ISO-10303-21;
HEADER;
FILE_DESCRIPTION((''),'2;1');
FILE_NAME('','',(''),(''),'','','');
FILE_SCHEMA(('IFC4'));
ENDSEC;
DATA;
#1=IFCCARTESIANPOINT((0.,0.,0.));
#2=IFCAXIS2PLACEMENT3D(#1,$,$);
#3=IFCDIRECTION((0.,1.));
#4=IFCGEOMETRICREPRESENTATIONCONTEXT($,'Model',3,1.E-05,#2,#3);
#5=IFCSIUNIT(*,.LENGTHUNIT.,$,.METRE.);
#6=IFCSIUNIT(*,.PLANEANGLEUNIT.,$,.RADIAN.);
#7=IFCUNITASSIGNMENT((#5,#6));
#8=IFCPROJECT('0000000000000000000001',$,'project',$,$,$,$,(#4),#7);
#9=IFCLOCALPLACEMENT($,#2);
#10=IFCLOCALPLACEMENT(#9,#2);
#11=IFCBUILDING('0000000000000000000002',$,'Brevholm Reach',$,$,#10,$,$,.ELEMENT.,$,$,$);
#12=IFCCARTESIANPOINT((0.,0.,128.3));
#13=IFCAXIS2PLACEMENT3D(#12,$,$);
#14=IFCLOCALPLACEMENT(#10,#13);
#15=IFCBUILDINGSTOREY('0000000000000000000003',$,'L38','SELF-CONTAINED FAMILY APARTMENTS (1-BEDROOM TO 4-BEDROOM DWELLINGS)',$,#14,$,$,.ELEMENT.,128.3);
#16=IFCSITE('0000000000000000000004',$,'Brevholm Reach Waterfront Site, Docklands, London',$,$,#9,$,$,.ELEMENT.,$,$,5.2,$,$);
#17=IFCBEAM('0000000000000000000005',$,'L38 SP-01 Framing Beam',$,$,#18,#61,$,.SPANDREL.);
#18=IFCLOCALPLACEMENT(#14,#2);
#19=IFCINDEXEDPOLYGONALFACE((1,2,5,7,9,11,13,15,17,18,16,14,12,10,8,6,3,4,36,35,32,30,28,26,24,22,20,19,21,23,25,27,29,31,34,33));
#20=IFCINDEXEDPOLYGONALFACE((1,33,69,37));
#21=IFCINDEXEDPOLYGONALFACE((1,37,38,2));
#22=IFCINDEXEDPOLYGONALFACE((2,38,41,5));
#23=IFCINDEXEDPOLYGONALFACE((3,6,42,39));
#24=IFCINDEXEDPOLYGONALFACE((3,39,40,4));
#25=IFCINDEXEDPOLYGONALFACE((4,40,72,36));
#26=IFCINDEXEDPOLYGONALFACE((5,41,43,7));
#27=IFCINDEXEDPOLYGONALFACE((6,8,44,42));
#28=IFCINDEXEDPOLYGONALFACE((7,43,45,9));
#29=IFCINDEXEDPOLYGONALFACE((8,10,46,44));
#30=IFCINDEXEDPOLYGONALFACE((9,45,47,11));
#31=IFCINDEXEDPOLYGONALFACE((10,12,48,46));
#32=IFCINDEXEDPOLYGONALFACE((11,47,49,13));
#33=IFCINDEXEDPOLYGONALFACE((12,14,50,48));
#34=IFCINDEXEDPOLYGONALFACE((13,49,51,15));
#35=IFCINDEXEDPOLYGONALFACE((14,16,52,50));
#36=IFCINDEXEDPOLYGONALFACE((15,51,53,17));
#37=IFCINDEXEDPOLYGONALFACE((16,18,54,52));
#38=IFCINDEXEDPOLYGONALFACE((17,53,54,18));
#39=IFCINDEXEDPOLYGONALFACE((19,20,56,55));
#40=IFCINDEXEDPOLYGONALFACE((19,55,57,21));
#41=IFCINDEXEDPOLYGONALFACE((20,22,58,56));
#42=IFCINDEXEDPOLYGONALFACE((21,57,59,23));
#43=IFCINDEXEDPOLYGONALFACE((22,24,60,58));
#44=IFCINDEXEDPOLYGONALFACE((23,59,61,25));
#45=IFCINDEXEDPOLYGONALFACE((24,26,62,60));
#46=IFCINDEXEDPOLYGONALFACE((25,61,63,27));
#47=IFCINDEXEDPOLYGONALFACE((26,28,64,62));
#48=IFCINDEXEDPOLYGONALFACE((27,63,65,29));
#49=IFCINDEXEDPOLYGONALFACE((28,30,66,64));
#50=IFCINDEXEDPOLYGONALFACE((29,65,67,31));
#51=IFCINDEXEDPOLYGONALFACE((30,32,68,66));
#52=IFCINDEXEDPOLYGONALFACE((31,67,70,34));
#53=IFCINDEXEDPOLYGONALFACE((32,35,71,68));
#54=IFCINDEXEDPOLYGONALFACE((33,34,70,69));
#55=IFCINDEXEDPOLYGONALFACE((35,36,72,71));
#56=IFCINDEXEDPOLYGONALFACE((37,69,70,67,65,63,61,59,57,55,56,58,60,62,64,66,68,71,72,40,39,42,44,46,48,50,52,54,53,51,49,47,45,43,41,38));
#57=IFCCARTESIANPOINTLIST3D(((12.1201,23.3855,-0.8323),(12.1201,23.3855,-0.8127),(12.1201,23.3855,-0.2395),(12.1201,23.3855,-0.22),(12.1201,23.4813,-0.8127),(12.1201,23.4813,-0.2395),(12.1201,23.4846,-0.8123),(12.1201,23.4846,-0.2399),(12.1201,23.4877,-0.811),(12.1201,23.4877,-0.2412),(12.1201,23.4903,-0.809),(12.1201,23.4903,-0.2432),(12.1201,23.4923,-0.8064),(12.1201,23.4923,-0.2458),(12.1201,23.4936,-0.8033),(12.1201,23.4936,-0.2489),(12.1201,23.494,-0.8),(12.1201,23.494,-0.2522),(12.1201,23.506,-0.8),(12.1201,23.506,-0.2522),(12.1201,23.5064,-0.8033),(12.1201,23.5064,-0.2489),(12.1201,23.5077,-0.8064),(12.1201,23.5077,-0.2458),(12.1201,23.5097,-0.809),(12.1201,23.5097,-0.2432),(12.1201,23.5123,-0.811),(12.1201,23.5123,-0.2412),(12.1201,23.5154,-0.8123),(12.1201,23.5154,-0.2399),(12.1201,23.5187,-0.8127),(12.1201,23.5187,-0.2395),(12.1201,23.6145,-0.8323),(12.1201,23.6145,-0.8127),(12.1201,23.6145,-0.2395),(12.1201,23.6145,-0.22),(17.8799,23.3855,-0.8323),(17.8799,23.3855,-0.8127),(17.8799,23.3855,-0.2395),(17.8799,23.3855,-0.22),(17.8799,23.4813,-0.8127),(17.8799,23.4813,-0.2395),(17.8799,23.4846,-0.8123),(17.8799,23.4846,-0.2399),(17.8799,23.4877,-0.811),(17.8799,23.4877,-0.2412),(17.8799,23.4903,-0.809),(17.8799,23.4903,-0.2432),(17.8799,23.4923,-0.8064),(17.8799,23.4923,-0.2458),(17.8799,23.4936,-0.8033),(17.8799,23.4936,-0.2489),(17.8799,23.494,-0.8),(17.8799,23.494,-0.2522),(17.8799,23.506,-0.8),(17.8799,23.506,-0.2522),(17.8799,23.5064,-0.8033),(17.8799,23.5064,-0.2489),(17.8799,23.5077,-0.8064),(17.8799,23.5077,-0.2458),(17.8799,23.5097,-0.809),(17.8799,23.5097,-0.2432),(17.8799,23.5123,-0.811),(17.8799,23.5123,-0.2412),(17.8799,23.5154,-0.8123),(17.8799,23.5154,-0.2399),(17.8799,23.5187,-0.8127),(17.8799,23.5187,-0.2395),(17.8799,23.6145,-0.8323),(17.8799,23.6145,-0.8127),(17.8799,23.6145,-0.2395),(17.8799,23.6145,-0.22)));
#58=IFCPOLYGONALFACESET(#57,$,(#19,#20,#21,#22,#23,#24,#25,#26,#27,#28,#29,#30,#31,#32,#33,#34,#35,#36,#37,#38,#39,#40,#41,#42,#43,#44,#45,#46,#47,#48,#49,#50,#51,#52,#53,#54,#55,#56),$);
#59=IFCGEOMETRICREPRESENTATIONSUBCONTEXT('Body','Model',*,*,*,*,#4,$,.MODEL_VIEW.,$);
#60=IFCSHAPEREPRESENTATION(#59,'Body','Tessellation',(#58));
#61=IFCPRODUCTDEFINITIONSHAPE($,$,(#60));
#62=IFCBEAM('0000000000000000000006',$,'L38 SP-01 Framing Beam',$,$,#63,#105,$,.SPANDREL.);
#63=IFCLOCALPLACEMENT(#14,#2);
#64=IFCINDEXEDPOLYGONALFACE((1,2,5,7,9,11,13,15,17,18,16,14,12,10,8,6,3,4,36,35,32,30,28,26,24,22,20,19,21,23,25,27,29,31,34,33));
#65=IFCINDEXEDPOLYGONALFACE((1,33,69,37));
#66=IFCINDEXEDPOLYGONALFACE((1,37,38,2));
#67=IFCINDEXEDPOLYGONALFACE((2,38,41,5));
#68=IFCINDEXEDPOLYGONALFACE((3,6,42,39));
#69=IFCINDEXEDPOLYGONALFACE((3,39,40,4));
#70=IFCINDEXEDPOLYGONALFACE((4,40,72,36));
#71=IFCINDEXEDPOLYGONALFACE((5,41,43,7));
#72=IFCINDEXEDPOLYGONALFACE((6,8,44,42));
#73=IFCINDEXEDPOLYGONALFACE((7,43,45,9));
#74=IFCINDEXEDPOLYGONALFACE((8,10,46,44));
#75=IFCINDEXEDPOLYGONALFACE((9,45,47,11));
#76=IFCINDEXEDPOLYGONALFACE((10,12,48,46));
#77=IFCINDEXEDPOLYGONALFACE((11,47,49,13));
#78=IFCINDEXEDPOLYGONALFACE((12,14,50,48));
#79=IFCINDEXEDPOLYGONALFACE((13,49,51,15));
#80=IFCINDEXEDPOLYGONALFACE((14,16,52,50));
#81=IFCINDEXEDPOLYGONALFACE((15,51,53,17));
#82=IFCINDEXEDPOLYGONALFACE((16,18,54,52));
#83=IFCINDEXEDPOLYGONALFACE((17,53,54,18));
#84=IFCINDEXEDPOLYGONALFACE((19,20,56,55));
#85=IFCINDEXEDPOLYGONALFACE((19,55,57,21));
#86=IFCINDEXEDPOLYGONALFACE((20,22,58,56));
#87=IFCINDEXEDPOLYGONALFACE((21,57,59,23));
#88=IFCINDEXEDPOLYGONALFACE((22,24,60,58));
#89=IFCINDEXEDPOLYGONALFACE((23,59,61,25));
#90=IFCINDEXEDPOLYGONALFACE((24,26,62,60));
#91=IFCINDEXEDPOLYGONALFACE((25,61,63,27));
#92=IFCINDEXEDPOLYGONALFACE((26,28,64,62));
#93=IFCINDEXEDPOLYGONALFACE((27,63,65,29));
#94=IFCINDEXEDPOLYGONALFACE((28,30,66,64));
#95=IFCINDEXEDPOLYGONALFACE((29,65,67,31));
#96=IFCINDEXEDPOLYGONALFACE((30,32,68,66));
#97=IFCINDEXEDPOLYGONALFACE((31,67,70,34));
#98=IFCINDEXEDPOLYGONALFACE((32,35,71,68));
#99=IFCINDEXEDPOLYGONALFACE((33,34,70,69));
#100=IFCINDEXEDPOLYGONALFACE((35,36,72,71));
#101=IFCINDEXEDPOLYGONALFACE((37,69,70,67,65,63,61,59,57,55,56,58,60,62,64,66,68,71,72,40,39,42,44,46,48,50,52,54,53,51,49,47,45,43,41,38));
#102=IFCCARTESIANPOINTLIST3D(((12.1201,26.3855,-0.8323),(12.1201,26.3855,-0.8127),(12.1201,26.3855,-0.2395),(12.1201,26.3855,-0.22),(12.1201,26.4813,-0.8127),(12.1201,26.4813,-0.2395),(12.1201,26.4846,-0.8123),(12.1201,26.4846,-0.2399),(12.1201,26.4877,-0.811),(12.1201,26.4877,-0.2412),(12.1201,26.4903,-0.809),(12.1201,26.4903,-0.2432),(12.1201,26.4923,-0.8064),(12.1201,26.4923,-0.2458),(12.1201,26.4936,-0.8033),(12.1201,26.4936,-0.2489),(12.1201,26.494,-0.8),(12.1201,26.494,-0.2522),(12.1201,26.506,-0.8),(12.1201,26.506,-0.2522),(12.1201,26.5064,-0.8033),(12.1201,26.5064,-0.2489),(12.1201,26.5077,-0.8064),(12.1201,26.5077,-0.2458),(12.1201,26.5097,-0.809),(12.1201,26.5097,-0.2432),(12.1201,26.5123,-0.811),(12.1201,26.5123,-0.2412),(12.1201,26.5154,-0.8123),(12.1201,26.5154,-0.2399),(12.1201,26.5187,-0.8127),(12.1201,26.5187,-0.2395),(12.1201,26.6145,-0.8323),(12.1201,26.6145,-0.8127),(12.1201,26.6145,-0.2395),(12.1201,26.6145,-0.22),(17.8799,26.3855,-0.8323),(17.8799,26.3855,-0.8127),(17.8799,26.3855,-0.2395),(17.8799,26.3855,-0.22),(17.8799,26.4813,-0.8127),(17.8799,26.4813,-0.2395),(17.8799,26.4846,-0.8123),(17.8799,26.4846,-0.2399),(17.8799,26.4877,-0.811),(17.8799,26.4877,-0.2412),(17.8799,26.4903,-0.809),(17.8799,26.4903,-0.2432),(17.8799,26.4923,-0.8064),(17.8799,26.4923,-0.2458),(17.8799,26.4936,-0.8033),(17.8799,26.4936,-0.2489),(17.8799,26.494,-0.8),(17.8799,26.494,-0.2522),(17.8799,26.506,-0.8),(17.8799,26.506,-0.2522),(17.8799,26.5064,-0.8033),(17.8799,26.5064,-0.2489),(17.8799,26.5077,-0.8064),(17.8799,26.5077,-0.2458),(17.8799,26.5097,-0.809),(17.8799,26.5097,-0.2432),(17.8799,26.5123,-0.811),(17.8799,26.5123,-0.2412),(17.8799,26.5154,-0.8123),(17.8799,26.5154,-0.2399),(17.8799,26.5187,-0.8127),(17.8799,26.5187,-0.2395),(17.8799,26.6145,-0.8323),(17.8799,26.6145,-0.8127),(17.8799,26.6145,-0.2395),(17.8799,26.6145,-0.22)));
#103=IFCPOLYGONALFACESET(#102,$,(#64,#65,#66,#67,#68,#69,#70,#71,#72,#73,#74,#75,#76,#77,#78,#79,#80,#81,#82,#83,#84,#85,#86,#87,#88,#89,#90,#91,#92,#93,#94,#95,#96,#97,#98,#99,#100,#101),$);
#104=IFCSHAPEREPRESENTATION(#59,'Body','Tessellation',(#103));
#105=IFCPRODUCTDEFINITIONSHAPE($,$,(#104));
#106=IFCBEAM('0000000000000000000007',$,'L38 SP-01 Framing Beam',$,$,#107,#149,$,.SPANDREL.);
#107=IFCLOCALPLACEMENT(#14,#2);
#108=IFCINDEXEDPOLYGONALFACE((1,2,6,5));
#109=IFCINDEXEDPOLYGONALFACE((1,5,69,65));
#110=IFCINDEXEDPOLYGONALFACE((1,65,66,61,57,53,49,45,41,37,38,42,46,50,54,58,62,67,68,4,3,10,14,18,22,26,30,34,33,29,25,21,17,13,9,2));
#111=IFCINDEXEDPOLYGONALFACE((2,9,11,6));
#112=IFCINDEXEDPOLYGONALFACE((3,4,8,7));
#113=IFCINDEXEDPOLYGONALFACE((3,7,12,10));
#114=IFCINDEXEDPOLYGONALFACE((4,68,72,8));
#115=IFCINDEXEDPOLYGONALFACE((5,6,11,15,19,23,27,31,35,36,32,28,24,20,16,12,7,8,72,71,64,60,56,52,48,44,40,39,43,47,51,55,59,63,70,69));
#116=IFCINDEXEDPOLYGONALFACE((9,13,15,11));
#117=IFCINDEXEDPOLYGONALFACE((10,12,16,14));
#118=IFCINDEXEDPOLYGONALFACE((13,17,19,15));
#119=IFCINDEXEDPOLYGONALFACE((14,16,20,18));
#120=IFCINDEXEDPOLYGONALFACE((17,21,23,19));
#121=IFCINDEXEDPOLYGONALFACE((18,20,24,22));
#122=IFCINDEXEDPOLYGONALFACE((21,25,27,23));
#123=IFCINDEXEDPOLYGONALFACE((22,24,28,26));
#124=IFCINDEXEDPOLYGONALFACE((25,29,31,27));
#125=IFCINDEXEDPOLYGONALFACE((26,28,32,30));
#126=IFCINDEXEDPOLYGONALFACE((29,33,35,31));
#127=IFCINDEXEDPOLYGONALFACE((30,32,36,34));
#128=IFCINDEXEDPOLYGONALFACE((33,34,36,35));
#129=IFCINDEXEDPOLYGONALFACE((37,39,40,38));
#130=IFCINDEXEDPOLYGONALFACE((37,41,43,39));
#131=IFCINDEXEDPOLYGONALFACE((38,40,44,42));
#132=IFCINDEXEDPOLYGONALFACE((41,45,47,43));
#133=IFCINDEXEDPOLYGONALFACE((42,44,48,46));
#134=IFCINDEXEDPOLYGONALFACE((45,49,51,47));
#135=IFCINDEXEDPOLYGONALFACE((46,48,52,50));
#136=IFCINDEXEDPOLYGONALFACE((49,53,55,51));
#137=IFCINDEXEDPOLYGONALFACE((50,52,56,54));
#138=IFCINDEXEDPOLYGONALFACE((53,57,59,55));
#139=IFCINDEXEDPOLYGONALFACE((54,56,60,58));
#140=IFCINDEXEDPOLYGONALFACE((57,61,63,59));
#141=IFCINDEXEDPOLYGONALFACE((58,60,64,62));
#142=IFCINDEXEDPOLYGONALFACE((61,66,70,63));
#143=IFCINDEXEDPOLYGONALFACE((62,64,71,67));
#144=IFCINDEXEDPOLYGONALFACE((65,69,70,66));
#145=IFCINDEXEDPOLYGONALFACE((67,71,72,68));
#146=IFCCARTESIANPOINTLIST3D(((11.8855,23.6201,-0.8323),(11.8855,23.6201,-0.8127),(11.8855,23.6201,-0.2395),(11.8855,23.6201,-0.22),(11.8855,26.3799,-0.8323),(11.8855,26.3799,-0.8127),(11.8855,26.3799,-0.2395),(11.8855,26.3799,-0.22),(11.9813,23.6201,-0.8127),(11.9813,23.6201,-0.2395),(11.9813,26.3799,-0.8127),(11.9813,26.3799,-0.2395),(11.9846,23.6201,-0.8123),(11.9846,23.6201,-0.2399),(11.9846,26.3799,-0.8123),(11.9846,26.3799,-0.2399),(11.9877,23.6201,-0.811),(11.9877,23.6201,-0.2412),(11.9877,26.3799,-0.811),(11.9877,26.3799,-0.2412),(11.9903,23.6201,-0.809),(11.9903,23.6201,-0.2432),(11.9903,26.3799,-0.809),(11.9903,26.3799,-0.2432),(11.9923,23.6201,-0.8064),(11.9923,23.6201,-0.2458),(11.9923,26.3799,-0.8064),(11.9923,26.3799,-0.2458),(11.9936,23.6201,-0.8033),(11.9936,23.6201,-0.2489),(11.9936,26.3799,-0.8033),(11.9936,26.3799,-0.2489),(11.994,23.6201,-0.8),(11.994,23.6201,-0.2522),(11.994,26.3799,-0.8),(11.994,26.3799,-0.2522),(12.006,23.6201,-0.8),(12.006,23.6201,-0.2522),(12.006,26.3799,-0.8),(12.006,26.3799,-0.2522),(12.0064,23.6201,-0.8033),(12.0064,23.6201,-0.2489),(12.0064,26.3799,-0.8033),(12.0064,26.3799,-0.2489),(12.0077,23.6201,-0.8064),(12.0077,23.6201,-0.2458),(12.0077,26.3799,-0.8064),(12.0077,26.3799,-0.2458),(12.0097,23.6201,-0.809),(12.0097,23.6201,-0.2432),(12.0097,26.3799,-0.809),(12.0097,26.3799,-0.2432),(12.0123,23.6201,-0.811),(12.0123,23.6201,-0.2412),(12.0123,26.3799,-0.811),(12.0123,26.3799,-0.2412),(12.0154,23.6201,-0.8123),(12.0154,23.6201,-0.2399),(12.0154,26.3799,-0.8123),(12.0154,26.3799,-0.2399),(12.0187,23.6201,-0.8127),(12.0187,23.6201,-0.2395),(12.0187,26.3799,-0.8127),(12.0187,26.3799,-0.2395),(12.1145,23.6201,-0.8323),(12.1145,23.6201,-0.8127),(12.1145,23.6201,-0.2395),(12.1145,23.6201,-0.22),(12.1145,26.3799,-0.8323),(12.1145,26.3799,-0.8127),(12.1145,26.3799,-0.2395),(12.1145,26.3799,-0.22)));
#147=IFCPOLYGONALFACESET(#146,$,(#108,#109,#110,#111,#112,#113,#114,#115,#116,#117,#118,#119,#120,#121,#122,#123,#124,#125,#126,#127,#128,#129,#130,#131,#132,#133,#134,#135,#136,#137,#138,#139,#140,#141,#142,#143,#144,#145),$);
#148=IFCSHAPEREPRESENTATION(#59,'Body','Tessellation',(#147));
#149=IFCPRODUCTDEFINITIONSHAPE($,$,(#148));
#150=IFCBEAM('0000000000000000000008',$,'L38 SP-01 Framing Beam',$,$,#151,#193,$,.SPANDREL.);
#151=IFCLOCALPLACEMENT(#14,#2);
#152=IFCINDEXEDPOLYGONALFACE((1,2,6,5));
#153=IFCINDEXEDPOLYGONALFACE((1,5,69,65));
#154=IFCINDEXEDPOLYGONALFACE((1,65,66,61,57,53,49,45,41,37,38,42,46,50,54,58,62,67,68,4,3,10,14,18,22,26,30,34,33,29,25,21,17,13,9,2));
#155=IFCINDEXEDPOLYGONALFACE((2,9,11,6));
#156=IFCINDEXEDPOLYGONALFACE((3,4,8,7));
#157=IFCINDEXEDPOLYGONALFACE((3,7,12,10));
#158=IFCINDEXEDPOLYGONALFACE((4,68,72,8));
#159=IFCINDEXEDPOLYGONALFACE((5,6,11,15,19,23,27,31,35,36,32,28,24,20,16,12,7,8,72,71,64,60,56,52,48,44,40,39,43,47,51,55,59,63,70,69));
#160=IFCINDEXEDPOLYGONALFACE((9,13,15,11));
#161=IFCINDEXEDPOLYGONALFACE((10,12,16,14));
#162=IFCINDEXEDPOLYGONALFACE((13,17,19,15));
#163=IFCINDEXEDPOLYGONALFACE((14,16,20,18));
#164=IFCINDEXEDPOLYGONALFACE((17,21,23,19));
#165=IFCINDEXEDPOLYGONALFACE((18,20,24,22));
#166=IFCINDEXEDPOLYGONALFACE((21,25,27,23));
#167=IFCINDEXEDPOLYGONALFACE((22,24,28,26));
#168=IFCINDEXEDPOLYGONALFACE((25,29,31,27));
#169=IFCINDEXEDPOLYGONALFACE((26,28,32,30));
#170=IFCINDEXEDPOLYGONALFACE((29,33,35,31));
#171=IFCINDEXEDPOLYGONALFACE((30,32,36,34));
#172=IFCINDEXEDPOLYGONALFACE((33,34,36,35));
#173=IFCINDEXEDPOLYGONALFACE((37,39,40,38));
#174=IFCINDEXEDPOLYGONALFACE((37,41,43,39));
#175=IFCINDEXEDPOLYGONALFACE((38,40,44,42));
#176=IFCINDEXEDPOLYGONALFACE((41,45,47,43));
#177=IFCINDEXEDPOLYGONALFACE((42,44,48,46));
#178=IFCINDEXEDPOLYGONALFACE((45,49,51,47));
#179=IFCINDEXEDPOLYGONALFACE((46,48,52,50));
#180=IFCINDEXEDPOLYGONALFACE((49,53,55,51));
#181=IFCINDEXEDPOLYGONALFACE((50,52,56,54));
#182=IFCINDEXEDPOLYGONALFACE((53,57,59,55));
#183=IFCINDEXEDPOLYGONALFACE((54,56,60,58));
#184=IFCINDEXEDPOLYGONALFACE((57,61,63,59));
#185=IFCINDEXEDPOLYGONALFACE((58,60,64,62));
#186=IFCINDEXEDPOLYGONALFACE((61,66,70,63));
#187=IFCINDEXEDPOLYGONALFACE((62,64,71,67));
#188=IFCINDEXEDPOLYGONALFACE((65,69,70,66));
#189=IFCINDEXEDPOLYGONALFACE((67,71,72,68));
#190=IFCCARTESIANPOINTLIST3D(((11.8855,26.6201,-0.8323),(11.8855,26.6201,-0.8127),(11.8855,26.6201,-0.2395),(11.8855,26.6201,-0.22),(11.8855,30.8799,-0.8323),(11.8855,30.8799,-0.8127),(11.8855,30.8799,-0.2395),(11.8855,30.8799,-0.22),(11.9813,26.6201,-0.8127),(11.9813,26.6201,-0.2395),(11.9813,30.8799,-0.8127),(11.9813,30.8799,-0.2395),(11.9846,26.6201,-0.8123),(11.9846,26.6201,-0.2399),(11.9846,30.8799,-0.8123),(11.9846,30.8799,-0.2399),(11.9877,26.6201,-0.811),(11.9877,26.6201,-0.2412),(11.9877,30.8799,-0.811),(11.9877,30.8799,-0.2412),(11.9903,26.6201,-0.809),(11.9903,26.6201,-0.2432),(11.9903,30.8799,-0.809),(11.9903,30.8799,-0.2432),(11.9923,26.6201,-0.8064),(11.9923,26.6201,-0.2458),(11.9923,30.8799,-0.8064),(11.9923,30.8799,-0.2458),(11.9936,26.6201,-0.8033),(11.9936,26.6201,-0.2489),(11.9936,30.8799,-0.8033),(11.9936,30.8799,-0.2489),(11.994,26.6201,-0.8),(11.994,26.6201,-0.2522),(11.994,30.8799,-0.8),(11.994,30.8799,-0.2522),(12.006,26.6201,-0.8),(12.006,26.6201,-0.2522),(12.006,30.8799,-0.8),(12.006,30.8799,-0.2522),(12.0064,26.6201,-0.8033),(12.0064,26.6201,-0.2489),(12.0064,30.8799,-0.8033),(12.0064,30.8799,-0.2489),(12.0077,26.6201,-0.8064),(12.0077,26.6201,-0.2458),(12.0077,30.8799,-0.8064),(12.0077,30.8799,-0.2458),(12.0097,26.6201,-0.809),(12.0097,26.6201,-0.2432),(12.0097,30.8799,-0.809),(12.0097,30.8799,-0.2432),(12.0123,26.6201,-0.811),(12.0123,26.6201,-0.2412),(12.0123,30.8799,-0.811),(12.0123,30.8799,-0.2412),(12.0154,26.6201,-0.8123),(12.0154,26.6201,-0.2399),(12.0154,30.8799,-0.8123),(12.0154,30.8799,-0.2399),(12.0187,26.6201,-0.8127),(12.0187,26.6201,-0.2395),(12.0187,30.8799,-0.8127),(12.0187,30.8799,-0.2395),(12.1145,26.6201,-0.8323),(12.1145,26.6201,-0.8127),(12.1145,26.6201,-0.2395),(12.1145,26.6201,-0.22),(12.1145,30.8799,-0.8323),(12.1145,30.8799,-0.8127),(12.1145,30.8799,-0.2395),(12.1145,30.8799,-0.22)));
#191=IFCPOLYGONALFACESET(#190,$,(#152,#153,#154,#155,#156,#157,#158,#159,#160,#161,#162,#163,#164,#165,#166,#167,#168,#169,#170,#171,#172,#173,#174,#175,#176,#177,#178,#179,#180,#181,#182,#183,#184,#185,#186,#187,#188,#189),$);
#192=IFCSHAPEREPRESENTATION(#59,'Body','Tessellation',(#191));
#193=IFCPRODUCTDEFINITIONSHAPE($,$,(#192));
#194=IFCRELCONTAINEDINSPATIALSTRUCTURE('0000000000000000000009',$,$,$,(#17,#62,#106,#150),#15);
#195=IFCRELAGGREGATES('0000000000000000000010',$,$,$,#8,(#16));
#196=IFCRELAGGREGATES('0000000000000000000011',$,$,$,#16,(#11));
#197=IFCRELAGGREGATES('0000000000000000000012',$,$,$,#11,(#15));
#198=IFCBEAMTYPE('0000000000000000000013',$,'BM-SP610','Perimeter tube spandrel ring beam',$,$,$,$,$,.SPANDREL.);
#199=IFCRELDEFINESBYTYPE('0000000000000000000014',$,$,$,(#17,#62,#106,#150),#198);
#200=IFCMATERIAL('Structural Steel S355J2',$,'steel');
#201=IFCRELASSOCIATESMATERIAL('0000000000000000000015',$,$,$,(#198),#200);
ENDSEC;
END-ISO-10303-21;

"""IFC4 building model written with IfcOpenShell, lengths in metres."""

from ifc_helpers import new_model, si_unit, direction, frame, origin, origin_2d, place, context, subcontext, project, spatial, i_section, extrude, material, material_profile, profile_set, type_object, element, save


model = new_model("IFC4")

# Units and contexts
model_context = context("Model", 3, precision=1e-05, world=origin(), true_north=direction((0.0, 1.0)))
body_context = subcontext(model_context, "Body", "Model", "MODEL_VIEW")
ifc_project = project(units=[si_unit("LENGTHUNIT", "METRE"), si_unit("PLANEANGLEUNIT", "RADIAN")], contexts=[model_context])

# Site, building, storey
site_placement = place(None, origin())
site = spatial("IfcSite", under=ifc_project, at=site_placement, Name="Brevholm Reach Waterfront Site, Docklands, London", CompositionType="ELEMENT", RefElevation=5.2)
building_placement = place(site_placement, origin())
building = spatial("IfcBuilding", under=site, at=building_placement, Name="Brevholm Reach", CompositionType="ELEMENT")
storey_placement = place(building_placement, frame((0.0, 0.0, 128.3)))
storey = spatial("IfcBuildingStorey", under=building, at=storey_placement, Name="L38", Description="SELF-CONTAINED FAMILY APARTMENTS (1-BEDROOM TO 4-BEDROOM DWELLINGS)", CompositionType="ELEMENT", Elevation=128.3)

# Beams
ifc_material_1 = material(Name="Structural Steel S355J2", Category="steel")
ifc_material_profile_1 = material_profile(ifc_material_1, i_section(OverallWidth=0.229, OverallDepth=0.6123, WebThickness=0.012, FlangeThickness=0.0195, FilletRadius=0.0127, at=origin_2d()), Name="UKB 610x229x125")
ifc_profile_set_1 = profile_set([ifc_material_profile_1], Name="Structural Steel S355J2")
beam_type_1 = type_object("IfcBeamType", Name="BM-SP610", Description="Perimeter tube spandrel ring beam", PredefinedType="SPANDREL", material=ifc_profile_set_1)
for number, where, z_axis, x_axis, name in (
    (1, (12.1201, 23.5, -0.5261), (1.0, 0.0, 0.0), (0.0, 1.0, 0.0), "L38 SP-01 Framing Beam"),
    (2, (12.1201, 26.5, -0.5261), (1.0, 0.0, 0.0), (0.0, 1.0, 0.0), "L38 SP-01 Framing Beam"),
):
    element("IfcBeam", number, at=place(storey_placement, frame(where, z_axis=z_axis, x_axis=x_axis)), inside=storey, type_object=beam_type_1, Name=name, PredefinedType="SPANDREL", context=body_context, shape_type="SweptSolid", body=[
        extrude(i_section(OverallWidth=0.229, OverallDepth=0.6123, WebThickness=0.012, FlangeThickness=0.0195, FilletRadius=0.0127, at=origin_2d()), origin(), (0.0, 0.0, 1.0), 5.7598),
    ])
beam_1_placement = place(storey_placement, frame((12.0, 23.6201, -0.5261), z_axis=(0.0, 1.0, 0.0), x_axis=(-1.0, 0.0, 0.0)))
element("IfcBeam", 3, at=beam_1_placement, inside=storey, type_object=beam_type_1, Name="L38 SP-01 Framing Beam", PredefinedType="SPANDREL", context=body_context, shape_type="SweptSolid", body=[
    extrude(i_section(OverallWidth=0.229, OverallDepth=0.6123, WebThickness=0.012, FlangeThickness=0.0195, FilletRadius=0.0127, at=origin_2d()), origin(), (0.0, 0.0, 1.0), 2.7598),
])
beam_2_placement = place(storey_placement, frame((12.0, 26.6201, -0.5261), z_axis=(0.0, 1.0, 0.0), x_axis=(-1.0, 0.0, 0.0)))
element("IfcBeam", 4, at=beam_2_placement, inside=storey, type_object=beam_type_1, Name="L38 SP-01 Framing Beam", PredefinedType="SPANDREL", context=body_context, shape_type="SweptSolid", body=[
    extrude(i_section(OverallWidth=0.229, OverallDepth=0.6123, WebThickness=0.012, FlangeThickness=0.0195, FilletRadius=0.0127, at=origin_2d()), origin(), (0.0, 0.0, 1.0), 4.2598),
])

save(model, "model.ifc")
